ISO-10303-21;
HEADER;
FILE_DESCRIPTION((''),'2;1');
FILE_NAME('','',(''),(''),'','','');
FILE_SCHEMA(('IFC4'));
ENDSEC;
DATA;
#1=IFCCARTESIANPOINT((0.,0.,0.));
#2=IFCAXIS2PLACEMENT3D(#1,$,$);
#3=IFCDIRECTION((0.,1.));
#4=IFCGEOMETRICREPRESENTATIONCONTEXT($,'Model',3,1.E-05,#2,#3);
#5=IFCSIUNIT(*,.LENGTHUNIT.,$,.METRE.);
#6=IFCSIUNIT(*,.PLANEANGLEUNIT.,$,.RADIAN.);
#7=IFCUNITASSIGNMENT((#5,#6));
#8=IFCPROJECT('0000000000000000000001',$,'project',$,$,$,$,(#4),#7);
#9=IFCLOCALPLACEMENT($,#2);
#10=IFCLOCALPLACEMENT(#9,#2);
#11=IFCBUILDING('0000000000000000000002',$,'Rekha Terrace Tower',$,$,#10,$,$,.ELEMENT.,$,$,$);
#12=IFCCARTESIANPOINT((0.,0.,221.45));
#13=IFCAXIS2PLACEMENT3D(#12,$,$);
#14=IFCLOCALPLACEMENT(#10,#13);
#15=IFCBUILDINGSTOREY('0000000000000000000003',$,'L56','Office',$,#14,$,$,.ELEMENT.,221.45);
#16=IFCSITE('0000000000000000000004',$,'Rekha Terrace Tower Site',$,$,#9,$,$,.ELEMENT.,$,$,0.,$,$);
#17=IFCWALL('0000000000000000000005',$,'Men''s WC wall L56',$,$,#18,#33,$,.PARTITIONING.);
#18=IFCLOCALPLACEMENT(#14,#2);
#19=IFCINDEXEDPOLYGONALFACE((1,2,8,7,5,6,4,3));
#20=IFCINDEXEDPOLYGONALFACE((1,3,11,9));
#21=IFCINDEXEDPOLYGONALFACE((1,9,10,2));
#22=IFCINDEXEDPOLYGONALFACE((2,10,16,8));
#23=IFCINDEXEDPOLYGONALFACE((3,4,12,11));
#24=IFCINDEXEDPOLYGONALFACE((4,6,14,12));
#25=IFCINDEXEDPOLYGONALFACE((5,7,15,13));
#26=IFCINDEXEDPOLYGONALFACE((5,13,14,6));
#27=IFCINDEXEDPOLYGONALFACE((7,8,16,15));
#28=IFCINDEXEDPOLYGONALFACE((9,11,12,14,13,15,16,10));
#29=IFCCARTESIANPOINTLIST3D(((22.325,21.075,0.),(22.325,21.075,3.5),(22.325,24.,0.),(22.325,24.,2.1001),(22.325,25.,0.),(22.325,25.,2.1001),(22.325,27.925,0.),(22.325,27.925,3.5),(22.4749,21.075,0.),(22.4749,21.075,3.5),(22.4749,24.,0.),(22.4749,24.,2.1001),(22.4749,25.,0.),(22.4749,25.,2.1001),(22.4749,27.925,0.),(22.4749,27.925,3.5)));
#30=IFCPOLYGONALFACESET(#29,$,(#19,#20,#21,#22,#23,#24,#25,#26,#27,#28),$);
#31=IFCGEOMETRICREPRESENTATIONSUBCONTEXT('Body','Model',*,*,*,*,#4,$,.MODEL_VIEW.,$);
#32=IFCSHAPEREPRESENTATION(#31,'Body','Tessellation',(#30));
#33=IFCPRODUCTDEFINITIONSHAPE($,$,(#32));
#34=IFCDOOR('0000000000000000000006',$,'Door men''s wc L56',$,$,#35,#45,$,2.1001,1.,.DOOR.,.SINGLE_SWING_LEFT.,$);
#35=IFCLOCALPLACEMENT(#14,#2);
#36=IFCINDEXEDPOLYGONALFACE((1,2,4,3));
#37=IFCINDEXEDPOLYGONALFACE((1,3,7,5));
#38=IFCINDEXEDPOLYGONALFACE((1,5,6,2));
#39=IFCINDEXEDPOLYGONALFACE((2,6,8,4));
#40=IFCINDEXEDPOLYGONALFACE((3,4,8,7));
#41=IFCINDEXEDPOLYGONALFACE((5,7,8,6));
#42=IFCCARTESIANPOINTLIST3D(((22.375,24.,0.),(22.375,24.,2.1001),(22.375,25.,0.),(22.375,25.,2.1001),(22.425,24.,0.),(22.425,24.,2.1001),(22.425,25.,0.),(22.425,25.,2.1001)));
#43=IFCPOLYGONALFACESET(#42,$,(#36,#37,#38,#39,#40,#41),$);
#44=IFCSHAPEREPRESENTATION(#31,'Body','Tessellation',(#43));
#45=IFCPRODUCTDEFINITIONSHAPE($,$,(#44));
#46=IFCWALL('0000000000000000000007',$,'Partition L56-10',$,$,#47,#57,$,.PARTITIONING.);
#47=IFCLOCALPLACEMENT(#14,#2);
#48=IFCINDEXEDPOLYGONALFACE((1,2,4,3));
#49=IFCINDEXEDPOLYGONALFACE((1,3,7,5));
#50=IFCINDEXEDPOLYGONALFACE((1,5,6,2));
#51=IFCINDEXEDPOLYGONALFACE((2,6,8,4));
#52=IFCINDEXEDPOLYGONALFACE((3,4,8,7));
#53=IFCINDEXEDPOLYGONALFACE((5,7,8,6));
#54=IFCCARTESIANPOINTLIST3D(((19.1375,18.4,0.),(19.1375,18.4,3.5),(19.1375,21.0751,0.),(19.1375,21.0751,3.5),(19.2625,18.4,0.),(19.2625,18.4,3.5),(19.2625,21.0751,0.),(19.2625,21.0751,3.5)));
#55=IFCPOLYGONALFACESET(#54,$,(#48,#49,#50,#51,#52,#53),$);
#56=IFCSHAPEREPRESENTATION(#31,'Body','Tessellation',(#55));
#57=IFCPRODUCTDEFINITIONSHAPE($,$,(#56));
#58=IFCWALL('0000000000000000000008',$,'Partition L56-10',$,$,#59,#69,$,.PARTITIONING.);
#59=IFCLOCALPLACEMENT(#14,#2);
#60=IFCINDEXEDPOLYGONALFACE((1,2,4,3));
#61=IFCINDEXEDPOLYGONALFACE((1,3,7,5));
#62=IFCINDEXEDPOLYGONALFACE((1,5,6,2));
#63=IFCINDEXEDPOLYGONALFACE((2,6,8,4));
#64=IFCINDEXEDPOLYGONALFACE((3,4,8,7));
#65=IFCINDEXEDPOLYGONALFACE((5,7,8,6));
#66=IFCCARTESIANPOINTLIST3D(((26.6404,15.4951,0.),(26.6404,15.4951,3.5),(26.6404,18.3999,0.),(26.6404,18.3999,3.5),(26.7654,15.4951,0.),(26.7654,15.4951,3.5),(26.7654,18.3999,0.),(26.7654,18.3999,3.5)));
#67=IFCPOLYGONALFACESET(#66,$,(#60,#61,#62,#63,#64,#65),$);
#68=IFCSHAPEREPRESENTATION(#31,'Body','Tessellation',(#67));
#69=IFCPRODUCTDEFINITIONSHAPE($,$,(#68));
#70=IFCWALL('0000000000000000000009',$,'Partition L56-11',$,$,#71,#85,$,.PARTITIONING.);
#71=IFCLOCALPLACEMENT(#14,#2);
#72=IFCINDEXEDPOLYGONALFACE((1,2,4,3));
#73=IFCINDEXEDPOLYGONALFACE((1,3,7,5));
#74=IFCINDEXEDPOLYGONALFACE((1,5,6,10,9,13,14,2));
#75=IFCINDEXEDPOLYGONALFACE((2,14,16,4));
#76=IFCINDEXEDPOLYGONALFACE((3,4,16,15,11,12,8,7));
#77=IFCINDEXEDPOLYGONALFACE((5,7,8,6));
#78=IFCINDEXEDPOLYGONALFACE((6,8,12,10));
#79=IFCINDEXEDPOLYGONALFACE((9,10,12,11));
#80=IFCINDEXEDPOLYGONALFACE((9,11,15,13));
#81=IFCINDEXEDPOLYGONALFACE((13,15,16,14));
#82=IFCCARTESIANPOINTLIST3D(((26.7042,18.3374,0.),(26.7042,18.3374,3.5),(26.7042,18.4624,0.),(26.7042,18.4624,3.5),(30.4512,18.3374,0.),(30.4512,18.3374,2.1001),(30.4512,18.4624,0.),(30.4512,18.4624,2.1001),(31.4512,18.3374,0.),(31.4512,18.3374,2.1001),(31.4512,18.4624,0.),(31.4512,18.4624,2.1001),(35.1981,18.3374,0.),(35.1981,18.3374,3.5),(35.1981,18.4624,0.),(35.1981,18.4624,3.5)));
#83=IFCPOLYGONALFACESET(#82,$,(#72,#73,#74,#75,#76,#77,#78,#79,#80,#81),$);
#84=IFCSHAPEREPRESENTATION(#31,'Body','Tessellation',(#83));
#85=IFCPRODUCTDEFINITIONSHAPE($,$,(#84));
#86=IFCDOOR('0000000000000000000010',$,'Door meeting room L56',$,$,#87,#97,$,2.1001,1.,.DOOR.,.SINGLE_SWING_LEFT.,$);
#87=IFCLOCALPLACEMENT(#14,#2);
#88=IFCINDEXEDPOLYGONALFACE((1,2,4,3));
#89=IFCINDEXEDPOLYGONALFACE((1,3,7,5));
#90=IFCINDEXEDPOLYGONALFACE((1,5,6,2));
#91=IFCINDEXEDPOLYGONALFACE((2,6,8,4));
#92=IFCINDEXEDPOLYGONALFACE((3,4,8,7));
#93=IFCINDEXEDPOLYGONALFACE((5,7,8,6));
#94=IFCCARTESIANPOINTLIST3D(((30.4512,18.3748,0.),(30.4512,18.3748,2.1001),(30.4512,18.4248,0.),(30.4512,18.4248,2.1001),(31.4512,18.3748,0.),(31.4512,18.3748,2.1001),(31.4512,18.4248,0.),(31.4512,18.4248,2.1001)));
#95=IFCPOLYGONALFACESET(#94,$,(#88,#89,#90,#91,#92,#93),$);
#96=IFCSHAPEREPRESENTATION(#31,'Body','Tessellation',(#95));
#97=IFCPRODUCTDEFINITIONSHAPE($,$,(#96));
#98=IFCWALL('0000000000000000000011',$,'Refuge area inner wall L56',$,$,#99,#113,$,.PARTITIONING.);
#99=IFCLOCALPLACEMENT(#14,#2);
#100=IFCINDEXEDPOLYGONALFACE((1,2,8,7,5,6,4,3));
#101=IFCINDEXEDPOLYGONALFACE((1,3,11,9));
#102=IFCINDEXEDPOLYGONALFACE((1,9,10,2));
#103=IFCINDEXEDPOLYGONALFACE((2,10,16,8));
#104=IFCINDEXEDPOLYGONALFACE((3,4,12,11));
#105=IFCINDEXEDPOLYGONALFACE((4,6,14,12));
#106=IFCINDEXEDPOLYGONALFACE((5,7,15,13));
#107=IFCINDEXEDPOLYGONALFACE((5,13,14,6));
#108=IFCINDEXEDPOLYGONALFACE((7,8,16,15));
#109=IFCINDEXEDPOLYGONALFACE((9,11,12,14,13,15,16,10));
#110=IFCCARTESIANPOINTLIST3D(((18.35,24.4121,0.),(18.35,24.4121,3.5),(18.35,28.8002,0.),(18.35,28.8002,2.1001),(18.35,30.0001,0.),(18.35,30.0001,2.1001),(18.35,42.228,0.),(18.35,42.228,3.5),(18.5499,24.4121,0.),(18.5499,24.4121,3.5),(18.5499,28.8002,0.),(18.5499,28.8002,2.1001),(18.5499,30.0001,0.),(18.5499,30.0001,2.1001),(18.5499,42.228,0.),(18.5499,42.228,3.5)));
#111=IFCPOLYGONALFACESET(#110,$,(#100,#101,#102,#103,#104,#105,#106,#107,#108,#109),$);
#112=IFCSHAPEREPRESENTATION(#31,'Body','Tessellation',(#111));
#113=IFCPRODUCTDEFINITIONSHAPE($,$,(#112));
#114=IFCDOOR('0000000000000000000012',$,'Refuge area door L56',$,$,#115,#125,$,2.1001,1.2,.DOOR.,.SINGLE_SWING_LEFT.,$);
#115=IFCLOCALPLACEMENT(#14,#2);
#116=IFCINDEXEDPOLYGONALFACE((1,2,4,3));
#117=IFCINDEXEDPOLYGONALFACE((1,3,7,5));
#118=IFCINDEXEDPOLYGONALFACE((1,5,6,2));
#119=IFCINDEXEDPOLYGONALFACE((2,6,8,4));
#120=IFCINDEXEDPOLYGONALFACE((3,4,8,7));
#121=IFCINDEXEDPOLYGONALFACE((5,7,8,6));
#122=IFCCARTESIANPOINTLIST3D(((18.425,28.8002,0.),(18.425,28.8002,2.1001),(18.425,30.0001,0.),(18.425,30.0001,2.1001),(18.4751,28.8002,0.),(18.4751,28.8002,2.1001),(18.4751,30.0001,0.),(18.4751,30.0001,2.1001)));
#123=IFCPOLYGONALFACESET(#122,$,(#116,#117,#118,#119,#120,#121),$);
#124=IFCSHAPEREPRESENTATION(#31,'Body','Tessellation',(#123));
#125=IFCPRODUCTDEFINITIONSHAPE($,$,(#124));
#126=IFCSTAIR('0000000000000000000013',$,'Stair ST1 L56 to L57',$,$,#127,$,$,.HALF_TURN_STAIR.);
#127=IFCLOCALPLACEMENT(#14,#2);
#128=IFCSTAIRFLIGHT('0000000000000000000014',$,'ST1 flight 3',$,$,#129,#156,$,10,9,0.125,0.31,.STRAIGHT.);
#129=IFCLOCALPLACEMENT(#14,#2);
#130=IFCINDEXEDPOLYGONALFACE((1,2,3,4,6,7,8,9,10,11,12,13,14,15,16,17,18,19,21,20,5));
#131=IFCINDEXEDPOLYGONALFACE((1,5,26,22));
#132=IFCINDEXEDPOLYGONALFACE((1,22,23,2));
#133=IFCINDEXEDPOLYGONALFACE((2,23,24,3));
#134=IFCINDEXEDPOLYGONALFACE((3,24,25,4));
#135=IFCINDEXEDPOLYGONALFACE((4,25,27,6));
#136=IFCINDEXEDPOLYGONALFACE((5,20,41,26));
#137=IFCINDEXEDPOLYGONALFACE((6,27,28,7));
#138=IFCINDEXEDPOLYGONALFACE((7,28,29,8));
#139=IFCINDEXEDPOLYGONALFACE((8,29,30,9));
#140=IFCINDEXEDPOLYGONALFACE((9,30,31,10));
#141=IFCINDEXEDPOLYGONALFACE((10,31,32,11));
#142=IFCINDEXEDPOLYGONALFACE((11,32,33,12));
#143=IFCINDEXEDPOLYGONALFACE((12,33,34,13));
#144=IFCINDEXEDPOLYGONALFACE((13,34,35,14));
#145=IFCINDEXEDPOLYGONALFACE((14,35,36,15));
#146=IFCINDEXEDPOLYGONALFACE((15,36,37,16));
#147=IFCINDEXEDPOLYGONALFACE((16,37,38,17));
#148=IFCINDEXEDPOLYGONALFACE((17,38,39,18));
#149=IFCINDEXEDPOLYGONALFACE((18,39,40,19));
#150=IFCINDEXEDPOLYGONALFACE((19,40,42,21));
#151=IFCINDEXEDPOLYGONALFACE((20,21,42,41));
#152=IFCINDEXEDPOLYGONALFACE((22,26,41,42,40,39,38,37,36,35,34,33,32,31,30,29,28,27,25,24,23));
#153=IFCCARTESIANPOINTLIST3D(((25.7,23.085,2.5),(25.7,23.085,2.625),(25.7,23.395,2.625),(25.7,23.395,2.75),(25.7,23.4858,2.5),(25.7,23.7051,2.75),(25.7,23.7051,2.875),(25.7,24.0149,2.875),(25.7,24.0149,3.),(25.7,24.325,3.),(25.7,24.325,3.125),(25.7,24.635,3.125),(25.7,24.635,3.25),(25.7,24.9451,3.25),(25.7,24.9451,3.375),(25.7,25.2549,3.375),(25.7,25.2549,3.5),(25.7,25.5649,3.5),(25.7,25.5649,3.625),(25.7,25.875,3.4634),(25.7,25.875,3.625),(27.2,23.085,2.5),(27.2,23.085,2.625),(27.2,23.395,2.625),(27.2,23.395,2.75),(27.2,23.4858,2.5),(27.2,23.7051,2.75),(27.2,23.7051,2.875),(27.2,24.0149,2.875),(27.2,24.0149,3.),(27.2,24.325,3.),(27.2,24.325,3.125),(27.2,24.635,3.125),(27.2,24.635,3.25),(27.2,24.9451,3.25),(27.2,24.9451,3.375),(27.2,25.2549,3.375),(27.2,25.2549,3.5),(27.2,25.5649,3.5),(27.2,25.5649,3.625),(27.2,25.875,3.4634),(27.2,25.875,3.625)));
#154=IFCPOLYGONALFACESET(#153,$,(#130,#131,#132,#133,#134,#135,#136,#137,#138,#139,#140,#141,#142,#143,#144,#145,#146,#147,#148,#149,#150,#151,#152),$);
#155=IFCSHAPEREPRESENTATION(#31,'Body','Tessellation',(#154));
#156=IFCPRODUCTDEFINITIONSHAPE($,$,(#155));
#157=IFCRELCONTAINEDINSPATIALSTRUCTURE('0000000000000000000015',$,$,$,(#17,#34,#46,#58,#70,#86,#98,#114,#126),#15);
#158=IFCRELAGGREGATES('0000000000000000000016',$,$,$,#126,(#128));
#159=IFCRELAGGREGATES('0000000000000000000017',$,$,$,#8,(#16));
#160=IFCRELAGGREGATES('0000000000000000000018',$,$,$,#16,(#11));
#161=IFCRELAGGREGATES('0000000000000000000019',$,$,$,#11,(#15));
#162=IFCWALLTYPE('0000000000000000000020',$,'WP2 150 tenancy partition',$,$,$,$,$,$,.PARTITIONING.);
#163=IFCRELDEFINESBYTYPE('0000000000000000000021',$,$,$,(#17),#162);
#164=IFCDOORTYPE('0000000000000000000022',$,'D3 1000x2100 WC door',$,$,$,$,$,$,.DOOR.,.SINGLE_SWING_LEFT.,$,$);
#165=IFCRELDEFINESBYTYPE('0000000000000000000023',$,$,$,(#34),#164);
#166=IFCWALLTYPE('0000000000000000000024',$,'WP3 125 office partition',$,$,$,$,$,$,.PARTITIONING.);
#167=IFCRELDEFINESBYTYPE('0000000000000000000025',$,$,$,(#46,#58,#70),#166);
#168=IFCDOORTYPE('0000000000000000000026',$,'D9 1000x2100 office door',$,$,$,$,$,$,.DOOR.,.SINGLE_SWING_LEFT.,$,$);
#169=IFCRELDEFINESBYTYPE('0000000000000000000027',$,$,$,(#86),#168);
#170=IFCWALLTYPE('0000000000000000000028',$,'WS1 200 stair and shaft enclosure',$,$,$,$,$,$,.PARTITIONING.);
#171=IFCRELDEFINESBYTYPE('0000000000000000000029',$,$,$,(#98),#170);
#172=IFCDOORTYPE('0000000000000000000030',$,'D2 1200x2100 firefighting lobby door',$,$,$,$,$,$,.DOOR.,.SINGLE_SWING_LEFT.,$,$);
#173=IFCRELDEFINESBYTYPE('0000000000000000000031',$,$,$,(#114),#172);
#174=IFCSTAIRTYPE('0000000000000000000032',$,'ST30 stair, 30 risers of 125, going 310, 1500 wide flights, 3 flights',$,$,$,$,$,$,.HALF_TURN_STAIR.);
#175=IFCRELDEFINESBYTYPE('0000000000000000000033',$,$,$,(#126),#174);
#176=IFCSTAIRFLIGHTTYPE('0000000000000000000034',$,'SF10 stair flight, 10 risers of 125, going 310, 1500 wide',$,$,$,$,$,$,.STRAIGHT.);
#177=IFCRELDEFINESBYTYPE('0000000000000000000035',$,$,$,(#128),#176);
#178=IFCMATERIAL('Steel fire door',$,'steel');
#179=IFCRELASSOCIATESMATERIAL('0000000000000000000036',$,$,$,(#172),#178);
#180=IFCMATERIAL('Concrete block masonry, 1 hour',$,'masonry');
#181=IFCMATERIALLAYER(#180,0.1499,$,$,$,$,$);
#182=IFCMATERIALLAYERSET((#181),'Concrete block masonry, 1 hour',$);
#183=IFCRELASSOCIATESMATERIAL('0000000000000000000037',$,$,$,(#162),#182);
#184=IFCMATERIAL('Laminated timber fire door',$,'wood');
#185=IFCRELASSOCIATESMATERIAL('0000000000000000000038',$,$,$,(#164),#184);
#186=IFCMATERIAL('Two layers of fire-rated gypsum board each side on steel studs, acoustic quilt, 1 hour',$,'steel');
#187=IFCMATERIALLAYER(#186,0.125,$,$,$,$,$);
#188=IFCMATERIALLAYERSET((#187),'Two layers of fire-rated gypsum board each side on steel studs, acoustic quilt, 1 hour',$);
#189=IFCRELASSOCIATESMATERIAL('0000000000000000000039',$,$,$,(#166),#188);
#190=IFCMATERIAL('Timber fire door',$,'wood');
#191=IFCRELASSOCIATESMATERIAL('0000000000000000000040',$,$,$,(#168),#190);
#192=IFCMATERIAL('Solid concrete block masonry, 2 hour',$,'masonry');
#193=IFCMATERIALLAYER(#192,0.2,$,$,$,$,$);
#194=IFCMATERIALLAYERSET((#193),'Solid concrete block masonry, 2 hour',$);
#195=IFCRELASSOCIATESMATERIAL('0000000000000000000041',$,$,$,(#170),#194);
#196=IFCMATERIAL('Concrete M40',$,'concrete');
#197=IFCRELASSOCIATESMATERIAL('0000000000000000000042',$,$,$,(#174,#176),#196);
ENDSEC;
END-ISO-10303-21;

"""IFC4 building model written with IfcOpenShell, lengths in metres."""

from ifc_helpers import new_model, si_unit, direction, frame, frame_2d, origin, place, context, subcontext, project, spatial, polyline, rectangle, outline, extrude, material, layer, layer_set, type_object, element, fill, aggregate, save


model = new_model("IFC4")

# Units and contexts
model_context = context("Model", 3, precision=1e-05, world=origin(), true_north=direction((0.0, 1.0)))
body_context = subcontext(model_context, "Body", "Model", "MODEL_VIEW")
ifc_project = project(units=[si_unit("LENGTHUNIT", "METRE"), si_unit("PLANEANGLEUNIT", "RADIAN")], contexts=[model_context])

# Site, building, storey
site_placement = place(None, origin())
site = spatial("IfcSite", under=ifc_project, at=site_placement, Name="Rekha Terrace Tower Site", CompositionType="ELEMENT", RefElevation=0.0)
building_placement = place(site_placement, origin())
building = spatial("IfcBuilding", under=site, at=building_placement, Name="Rekha Terrace Tower", CompositionType="ELEMENT")
storey_placement = place(building_placement, frame((0.0, 0.0, 221.45)))
storey = spatial("IfcBuildingStorey", under=building, at=storey_placement, Name="L56", Description="Office", CompositionType="ELEMENT", Elevation=221.45)

# Shared definitions
ifc_material_1 = material(Name="Steel fire door", Category="steel")

# Shared definitions
door_type_1 = type_object("IfcDoorType", Name="D2 1200x2100 firefighting lobby door", OperationType="SINGLE_SWING_LEFT", PredefinedType="DOOR", material=ifc_material_1)

# Shared definitions
ifc_material_2 = material(Name="Concrete block masonry, 1 hour", Category="masonry")
ifc_layer_1 = layer(ifc_material_2, 0.1499)
ifc_layer_set_1 = layer_set([ifc_layer_1], Name="Concrete block masonry, 1 hour")
wall_type_1 = type_object("IfcWallType", Name="WP2 150 tenancy partition", PredefinedType="PARTITIONING", material=ifc_layer_set_1)

# Wall, opening, door
wall_1_placement = place(storey_placement, frame((22.3999, 21.075, 0.0), z_axis=(0.0, 0.0, 1.0), x_axis=(0.0, 1.0, 0.0)))
wall_1 = element("IfcWall", 1, at=wall_1_placement, inside=storey, type_object=wall_type_1, Name="Men's WC wall L56", PredefinedType="PARTITIONING", context=body_context, shape_type="SweptSolid", body=[
    extrude(rectangle(XDim=6.8501, YDim=0.1499, at=frame_2d((3.425, 0.0))), origin(), (0.0, 0.0, 1.0), 3.5),
])
opening_1_placement = place(wall_1_placement, frame((2.925, 0.0, 0.0)))
opening_1 = element("IfcOpeningElement", 2, at=opening_1_placement, cuts=wall_1, PredefinedType="OPENING", context=body_context, shape_type="SweptSolid", body=[
    extrude(rectangle(XDim=1.0, YDim=2.1001, at=frame_2d((0.5, 1.05))), frame((0.0, 0.085, 0.0), z_axis=(0.0, -1.0, 0.0), x_axis=(1.0, 0.0, 0.0)), (0.0, 0.0, 1.0), 0.1699),
])
ifc_material_3 = material(Name="Laminated timber fire door", Category="wood")
door_type_2 = type_object("IfcDoorType", Name="D3 1000x2100 WC door", OperationType="SINGLE_SWING_LEFT", PredefinedType="DOOR", material=ifc_material_3)
door_1_placement = place(opening_1_placement, origin())
door_1 = element("IfcDoor", 3, at=door_1_placement, inside=storey, type_object=door_type_2, Name="Door men's wc L56", OperationType="SINGLE_SWING_LEFT", OverallHeight=2.1001, OverallWidth=1.0, PredefinedType="DOOR", context=body_context, shape_type="SweptSolid", body=[
    extrude(rectangle(XDim=1.0, YDim=2.1001, at=frame_2d((0.5, 1.05))), frame((0.0, 0.0249, 0.0), z_axis=(0.0, -1.0, 0.0), x_axis=(1.0, 0.0, 0.0)), (0.0, 0.0, 1.0), 0.05),
])
fill(opening_1, door_1)

# Walls
ifc_material_4 = material(Name="Two layers of fire-rated gypsum board each side on steel studs, acoustic quilt, 1 hour", Category="steel")
ifc_layer_2 = layer(ifc_material_4, 0.125)
ifc_layer_set_2 = layer_set([ifc_layer_2], Name="Two layers of fire-rated gypsum board each side on steel studs, acoustic quilt, 1 hour")
wall_type_2 = type_object("IfcWallType", Name="WP3 125 office partition", PredefinedType="PARTITIONING", material=ifc_layer_set_2)
wall_2_placement = place(storey_placement, frame((19.2, 21.075, 0.0), z_axis=(0.0, 0.0, 1.0), x_axis=(0.0, -1.0, 0.0)))
element("IfcWall", 4, at=wall_2_placement, inside=storey, type_object=wall_type_2, Name="Partition L56-10", PredefinedType="PARTITIONING", context=body_context, shape_type="SweptSolid", body=[
    extrude(rectangle(XDim=2.675, YDim=0.125, at=frame_2d((1.3374, 0.0))), origin(), (0.0, 0.0, 1.0), 3.5),
])
wall_3_placement = place(storey_placement, frame((26.7029, 18.3999, 0.0), z_axis=(0.0, 0.0, 1.0), x_axis=(0.0, -1.0, 0.0)))
element("IfcWall", 5, at=wall_3_placement, inside=storey, type_object=wall_type_2, Name="Partition L56-10", PredefinedType="PARTITIONING", context=body_context, shape_type="SweptSolid", body=[
    extrude(rectangle(XDim=2.9048, YDim=0.125, at=frame_2d((1.4524, 0.0))), origin(), (0.0, 0.0, 1.0), 3.5),
])

# Walls, openings, doors
wall_4_placement = place(storey_placement, frame((26.7041, 18.3999, 0.0), z_axis=(0.0, 0.0, 1.0), x_axis=(1.0, 0.0, 0.0)))
wall_4 = element("IfcWall", 6, at=wall_4_placement, inside=storey, type_object=wall_type_2, Name="Partition L56-11", PredefinedType="PARTITIONING", context=body_context, shape_type="SweptSolid", body=[
    extrude(rectangle(XDim=8.4939, YDim=0.125, at=frame_2d((4.2471, 0.0))), origin(), (0.0, 0.0, 1.0), 3.5),
])
opening_2_placement = place(wall_4_placement, frame((3.7471, 0.0, 0.0)))
opening_2 = element("IfcOpeningElement", 7, at=opening_2_placement, cuts=wall_4, PredefinedType="OPENING", context=body_context, shape_type="SweptSolid", body=[
    extrude(rectangle(XDim=1.0, YDim=2.1001, at=frame_2d((0.5, 1.05))), frame((0.0, 0.0725, 0.0), z_axis=(0.0, -1.0, 0.0), x_axis=(1.0, 0.0, 0.0)), (0.0, 0.0, 1.0), 0.145),
])
ifc_material_5 = material(Name="Timber fire door", Category="wood")
door_type_3 = type_object("IfcDoorType", Name="D9 1000x2100 office door", OperationType="SINGLE_SWING_LEFT", PredefinedType="DOOR", material=ifc_material_5)
door_2_placement = place(opening_2_placement, origin())
door_2 = element("IfcDoor", 8, at=door_2_placement, inside=storey, type_object=door_type_3, Name="Door meeting room L56", OperationType="SINGLE_SWING_LEFT", OverallHeight=2.1001, OverallWidth=1.0, PredefinedType="DOOR", context=body_context, shape_type="SweptSolid", body=[
    extrude(rectangle(XDim=1.0, YDim=2.1001, at=frame_2d((0.5, 1.05))), frame((0.0, 0.0249, 0.0), z_axis=(0.0, -1.0, 0.0), x_axis=(1.0, 0.0, 0.0)), (0.0, 0.0, 1.0), 0.05),
])
fill(opening_2, door_2)
ifc_material_6 = material(Name="Solid concrete block masonry, 2 hour", Category="masonry")
ifc_layer_3 = layer(ifc_material_6, 0.2)
ifc_layer_set_3 = layer_set([ifc_layer_3], Name="Solid concrete block masonry, 2 hour")
wall_type_3 = type_object("IfcWallType", Name="WS1 200 stair and shaft enclosure", PredefinedType="PARTITIONING", material=ifc_layer_set_3)
wall_5_placement = place(storey_placement, frame((18.45, 24.4121, 0.0), z_axis=(0.0, 0.0, 1.0), x_axis=(0.0, 1.0, 0.0)))
wall_5 = element("IfcWall", 9, at=wall_5_placement, inside=storey, type_object=wall_type_3, Name="Refuge area inner wall L56", PredefinedType="PARTITIONING", context=body_context, shape_type="SweptSolid", body=[
    extrude(rectangle(XDim=17.8159, YDim=0.2, at=frame_2d((8.908, 0.0))), origin(), (0.0, 0.0, 1.0), 3.5),
])
opening_3_placement = place(wall_5_placement, frame((4.3879, 0.0, 0.0)))
opening_3 = element("IfcOpeningElement", 10, at=opening_3_placement, cuts=wall_5, PredefinedType="OPENING", context=body_context, shape_type="SweptSolid", body=[
    extrude(rectangle(XDim=1.2, YDim=2.1001, at=frame_2d((0.6001, 1.05))), frame((0.0, 0.1099, 0.0), z_axis=(0.0, -1.0, 0.0), x_axis=(1.0, 0.0, 0.0)), (0.0, 0.0, 1.0), 0.22),
])
door_3_placement = place(opening_3_placement, origin())
door_3 = element("IfcDoor", 11, at=door_3_placement, inside=storey, type_object=door_type_1, Name="Refuge area door L56", OperationType="SINGLE_SWING_LEFT", OverallHeight=2.1001, OverallWidth=1.2, PredefinedType="DOOR", context=body_context, shape_type="SweptSolid", body=[
    extrude(rectangle(XDim=1.2, YDim=2.1001, at=frame_2d((0.6001, 1.05))), frame((0.0, 0.0249, 0.0), z_axis=(0.0, -1.0, 0.0), x_axis=(1.0, 0.0, 0.0)), (0.0, 0.0, 1.0), 0.05),
])
fill(opening_3, door_3)

# Stair, stair flight
ifc_material_7 = material(Name="Concrete M40", Category="concrete")
stair_type = type_object("IfcStairType", Name="ST30 stair, 30 risers of 125, going 310, 1500 wide flights, 3 flights", PredefinedType="HALF_TURN_STAIR", material=ifc_material_7)
stair_placement = place(storey_placement, origin())
stair = element("IfcStair", 12, at=stair_placement, inside=storey, type_object=stair_type, Name="Stair ST1 L56 to L57", PredefinedType="HALF_TURN_STAIR")
stair_flight_type = type_object("IfcStairFlightType", Name="SF10 stair flight, 10 risers of 125, going 310, 1500 wide", PredefinedType="STRAIGHT", material=ifc_material_7)
stair_flight_placement = place(storey_placement, frame((26.45, 23.085, 2.5), z_axis=(0.0, 0.0, 1.0), x_axis=(0.0, 1.0, 0.0)))
stair_flight = element("IfcStairFlight", 13, at=stair_flight_placement, type_object=stair_flight_type, Name="ST1 flight 3", NumberOfRisers=10, NumberOfTreads=9, PredefinedType="STRAIGHT", RiserHeight=0.125, TreadLength=0.31, context=body_context, shape_type="SweptSolid", body=[
    extrude(outline(polyline([(0.0, 0.0), (0.0, 0.125), (0.3101, 0.125), (0.3101, 0.25), (0.6201, 0.25), (0.6201, 0.375), (0.9299, 0.375), (0.9299, 0.5), (1.24, 0.5), (1.24, 0.625), (1.55, 0.625), (1.55, 0.75), (1.8601, 0.75), (1.8601, 0.875), (2.1699, 0.875), (2.1699, 1.0), (2.48, 1.0), (2.48, 1.125), (2.79, 1.125), (2.79, 1.25), (2.79, 0.9634), (0.4009, 0.0), (0.0, 0.0)])), frame((0.0, 0.75, 0.0), z_axis=(0.0, -1.0, 0.0), x_axis=(1.0, 0.0, 0.0)), (0.0, 0.0, 1.0), 1.5),
])
aggregate(stair, [stair_flight])

save(model, "model.ifc")
